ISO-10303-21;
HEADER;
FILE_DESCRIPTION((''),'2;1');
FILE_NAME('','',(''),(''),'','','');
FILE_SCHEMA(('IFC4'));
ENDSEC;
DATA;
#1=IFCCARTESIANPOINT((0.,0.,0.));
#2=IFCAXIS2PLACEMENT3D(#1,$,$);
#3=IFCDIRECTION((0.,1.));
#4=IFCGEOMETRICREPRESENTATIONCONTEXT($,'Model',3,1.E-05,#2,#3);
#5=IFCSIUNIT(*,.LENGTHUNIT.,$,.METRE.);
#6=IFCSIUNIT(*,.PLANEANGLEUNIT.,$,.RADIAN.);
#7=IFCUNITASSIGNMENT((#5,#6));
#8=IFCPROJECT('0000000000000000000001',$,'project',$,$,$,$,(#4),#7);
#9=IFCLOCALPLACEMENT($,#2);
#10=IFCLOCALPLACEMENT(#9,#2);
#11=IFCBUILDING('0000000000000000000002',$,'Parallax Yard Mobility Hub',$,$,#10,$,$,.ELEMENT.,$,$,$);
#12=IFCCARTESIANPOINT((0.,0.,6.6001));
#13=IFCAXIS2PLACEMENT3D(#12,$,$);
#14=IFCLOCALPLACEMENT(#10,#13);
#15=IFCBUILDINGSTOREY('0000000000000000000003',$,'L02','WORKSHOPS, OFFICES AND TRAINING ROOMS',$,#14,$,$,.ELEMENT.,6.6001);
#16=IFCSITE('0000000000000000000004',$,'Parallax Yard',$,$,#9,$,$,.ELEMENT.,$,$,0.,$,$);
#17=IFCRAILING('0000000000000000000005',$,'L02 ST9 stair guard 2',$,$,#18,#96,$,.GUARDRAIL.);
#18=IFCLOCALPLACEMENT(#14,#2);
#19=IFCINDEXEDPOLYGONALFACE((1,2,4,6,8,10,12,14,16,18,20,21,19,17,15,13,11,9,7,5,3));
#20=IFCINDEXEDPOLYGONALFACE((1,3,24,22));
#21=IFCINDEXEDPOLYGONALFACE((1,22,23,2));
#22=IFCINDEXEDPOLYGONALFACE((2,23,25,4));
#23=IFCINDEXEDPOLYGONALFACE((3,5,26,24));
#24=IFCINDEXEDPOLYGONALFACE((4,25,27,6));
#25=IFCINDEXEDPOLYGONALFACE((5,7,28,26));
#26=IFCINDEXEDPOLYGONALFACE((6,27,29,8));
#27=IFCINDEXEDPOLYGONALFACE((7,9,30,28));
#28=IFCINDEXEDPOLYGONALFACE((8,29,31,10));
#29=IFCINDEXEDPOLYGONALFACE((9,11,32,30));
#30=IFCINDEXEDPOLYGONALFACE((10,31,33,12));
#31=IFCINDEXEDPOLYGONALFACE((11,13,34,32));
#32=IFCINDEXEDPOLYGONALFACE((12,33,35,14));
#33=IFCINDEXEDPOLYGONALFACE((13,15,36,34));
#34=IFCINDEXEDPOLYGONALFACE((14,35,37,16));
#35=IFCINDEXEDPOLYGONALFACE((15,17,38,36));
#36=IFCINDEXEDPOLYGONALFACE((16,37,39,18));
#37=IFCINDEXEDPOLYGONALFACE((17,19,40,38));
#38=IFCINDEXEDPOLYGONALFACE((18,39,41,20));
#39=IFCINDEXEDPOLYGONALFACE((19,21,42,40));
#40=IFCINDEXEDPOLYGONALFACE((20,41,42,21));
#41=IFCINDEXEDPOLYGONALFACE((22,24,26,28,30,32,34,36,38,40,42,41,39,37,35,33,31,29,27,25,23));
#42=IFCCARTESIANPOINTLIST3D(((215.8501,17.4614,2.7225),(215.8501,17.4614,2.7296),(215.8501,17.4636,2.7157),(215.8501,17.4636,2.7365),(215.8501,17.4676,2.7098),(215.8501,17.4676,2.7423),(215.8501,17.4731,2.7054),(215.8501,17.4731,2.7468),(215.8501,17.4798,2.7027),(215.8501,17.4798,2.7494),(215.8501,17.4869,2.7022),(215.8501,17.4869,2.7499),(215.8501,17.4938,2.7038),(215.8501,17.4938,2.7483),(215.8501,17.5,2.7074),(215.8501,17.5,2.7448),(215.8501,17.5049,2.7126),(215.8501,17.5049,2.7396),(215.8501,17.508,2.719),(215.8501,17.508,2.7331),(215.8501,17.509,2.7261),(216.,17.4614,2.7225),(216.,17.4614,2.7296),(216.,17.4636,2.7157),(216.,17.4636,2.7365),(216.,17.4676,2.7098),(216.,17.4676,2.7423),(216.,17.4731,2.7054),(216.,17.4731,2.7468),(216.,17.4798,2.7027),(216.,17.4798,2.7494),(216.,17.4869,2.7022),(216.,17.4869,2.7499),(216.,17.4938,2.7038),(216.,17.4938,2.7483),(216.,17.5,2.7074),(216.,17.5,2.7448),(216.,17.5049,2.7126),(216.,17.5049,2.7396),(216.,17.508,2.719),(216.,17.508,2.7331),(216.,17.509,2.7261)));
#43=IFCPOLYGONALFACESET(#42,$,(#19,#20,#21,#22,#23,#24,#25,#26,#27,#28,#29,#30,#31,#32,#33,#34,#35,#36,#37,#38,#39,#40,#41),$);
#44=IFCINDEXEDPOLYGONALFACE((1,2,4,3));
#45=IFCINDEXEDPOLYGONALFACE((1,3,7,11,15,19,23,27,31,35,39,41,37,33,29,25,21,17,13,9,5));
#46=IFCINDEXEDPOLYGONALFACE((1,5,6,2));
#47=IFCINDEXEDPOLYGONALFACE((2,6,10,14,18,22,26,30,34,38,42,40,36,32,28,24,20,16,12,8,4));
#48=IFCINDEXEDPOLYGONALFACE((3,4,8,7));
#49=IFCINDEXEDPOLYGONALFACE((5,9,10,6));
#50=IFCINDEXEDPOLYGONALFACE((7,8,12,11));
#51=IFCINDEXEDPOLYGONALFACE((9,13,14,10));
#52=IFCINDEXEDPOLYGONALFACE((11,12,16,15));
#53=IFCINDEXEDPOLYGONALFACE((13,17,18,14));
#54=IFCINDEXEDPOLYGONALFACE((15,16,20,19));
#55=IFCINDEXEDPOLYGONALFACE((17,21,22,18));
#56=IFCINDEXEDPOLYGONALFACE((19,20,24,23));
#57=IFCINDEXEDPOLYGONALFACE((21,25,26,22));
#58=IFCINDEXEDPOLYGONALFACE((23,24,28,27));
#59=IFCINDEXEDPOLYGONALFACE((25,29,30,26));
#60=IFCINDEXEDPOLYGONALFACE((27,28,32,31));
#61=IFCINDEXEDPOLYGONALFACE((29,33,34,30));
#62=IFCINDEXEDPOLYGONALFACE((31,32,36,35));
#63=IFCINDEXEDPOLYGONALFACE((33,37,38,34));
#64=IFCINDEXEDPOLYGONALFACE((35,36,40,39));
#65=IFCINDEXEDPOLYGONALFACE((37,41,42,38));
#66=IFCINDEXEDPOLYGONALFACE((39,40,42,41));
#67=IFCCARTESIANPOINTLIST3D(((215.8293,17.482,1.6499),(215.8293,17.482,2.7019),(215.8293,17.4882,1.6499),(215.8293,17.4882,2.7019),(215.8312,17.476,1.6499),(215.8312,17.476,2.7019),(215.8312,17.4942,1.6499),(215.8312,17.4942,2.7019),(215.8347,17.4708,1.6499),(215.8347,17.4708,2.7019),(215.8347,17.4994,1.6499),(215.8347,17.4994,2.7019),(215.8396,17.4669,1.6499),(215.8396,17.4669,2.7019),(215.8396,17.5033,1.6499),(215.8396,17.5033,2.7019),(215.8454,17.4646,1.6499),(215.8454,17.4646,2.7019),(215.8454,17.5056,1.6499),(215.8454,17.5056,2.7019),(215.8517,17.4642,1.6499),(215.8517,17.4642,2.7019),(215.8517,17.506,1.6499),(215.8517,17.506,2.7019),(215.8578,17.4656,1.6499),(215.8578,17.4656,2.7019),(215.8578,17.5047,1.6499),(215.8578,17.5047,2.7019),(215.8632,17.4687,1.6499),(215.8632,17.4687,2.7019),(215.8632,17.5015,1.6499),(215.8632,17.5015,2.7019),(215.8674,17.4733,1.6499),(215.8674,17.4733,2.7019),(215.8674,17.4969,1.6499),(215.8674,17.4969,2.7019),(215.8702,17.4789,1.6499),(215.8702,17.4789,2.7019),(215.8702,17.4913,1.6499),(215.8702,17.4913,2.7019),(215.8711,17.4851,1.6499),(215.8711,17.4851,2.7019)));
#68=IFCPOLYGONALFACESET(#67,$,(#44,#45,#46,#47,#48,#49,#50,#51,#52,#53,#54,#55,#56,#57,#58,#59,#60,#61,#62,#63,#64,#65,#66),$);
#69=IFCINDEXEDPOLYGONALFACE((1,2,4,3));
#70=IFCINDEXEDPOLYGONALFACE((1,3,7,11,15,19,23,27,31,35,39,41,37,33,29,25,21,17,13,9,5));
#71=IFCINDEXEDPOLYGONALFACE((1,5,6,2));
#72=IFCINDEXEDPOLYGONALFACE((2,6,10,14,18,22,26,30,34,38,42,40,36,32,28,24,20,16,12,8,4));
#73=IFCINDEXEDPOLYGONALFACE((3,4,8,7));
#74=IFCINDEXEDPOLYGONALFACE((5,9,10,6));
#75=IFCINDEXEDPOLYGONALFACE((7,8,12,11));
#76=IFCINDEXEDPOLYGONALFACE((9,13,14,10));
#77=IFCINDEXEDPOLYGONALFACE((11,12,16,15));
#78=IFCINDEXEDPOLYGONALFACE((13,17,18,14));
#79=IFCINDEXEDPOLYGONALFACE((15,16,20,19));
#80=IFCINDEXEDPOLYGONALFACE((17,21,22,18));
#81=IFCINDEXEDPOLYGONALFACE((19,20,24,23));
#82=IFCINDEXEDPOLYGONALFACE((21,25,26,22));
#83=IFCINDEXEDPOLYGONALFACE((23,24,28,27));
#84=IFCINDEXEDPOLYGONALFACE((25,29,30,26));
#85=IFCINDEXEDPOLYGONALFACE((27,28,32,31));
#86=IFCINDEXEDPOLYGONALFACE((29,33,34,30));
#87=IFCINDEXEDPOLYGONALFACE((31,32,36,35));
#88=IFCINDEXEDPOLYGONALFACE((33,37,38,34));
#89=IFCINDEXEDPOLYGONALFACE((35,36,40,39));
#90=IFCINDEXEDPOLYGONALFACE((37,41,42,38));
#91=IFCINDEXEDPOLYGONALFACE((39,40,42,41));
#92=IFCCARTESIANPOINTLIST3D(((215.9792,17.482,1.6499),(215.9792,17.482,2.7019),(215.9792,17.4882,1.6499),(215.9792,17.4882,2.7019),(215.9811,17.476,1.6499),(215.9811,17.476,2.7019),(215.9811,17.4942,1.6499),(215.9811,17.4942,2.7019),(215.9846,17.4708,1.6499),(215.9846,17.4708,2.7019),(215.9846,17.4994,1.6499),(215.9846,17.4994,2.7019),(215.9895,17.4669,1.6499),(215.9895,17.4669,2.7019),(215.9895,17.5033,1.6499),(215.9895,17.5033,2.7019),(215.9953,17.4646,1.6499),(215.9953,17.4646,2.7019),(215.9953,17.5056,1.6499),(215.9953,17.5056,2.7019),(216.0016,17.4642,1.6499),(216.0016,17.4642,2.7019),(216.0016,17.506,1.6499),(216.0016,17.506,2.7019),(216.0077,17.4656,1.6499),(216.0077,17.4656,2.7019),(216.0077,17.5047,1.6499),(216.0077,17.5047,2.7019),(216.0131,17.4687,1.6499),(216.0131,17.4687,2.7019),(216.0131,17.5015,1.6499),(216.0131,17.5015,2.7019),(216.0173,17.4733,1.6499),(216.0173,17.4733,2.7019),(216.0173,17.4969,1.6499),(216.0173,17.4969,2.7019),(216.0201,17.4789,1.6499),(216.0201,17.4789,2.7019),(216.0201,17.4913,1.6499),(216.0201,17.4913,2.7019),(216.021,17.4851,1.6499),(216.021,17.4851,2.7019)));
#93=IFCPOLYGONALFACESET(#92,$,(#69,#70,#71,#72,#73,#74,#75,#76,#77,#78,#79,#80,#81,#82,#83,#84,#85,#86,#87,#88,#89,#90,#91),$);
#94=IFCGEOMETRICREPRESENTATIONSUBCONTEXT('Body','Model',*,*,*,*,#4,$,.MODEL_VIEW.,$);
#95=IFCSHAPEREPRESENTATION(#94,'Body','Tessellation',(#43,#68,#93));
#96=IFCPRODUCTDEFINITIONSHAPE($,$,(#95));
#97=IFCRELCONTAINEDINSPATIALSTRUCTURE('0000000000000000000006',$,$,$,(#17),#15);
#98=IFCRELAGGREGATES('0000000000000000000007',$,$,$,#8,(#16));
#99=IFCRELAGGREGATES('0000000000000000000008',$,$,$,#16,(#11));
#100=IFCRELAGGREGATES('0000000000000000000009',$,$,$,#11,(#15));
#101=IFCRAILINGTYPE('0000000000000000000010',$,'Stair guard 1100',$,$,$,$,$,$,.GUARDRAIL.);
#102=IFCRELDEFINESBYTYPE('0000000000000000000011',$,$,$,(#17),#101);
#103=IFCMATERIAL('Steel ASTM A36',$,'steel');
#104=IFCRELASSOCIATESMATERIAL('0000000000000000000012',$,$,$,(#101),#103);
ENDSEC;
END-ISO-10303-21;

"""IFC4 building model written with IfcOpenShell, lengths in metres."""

from ifc_helpers import new_model, si_unit, direction, frame, origin, origin_2d, place, context, subcontext, project, spatial, circle, extrude, material, type_object, element, save


model = new_model("IFC4")

# Units and contexts
model_context = context("Model", 3, precision=1e-05, world=origin(), true_north=direction((0.0, 1.0)))
body_context = subcontext(model_context, "Body", "Model", "MODEL_VIEW")
ifc_project = project(units=[si_unit("LENGTHUNIT", "METRE"), si_unit("PLANEANGLEUNIT", "RADIAN")], contexts=[model_context])

# Site, building, storey
site_placement = place(None, origin())
site = spatial("IfcSite", under=ifc_project, at=site_placement, Name="Parallax Yard", CompositionType="ELEMENT", RefElevation=0.0)
building_placement = place(site_placement, origin())
building = spatial("IfcBuilding", under=site, at=building_placement, Name="Parallax Yard Mobility Hub", CompositionType="ELEMENT")
storey_placement = place(building_placement, frame((0.0, 0.0, 6.6001)))
storey = spatial("IfcBuildingStorey", under=building, at=storey_placement, Name="L02", Description="WORKSHOPS, OFFICES AND TRAINING ROOMS", CompositionType="ELEMENT", Elevation=6.6001)

# Railing
ifc_material_1 = material(Name="Steel ASTM A36", Category="steel")
railing_type_1 = type_object("IfcRailingType", Name="Stair guard 1100", PredefinedType="GUARDRAIL", material=ifc_material_1)
railing_1_placement = place(storey_placement, frame((215.8501, 17.4851, 1.6499)))
element("IfcRailing", 1, at=railing_1_placement, inside=storey, type_object=railing_type_1, Name="L02 ST9 stair guard 2", PredefinedType="GUARDRAIL", context=body_context, shape_type="SweptSolid", body=[
    extrude(circle(Radius=0.0239, at=origin_2d()), frame((0.0, 0.0, 1.0762), z_axis=(1.0, 0.0, 0.0), x_axis=(0.0, 1.0, 0.0)), (0.0, 0.0, 1.0), 0.1499),
    extrude(circle(Radius=0.021, at=origin_2d()), origin(), (0.0, 0.0, 1.0), 1.052),
    extrude(circle(Radius=0.021, at=origin_2d()), frame((0.1499, 0.0, 0.0)), (0.0, 0.0, 1.0), 1.052),
])

save(model, "model.ifc")
